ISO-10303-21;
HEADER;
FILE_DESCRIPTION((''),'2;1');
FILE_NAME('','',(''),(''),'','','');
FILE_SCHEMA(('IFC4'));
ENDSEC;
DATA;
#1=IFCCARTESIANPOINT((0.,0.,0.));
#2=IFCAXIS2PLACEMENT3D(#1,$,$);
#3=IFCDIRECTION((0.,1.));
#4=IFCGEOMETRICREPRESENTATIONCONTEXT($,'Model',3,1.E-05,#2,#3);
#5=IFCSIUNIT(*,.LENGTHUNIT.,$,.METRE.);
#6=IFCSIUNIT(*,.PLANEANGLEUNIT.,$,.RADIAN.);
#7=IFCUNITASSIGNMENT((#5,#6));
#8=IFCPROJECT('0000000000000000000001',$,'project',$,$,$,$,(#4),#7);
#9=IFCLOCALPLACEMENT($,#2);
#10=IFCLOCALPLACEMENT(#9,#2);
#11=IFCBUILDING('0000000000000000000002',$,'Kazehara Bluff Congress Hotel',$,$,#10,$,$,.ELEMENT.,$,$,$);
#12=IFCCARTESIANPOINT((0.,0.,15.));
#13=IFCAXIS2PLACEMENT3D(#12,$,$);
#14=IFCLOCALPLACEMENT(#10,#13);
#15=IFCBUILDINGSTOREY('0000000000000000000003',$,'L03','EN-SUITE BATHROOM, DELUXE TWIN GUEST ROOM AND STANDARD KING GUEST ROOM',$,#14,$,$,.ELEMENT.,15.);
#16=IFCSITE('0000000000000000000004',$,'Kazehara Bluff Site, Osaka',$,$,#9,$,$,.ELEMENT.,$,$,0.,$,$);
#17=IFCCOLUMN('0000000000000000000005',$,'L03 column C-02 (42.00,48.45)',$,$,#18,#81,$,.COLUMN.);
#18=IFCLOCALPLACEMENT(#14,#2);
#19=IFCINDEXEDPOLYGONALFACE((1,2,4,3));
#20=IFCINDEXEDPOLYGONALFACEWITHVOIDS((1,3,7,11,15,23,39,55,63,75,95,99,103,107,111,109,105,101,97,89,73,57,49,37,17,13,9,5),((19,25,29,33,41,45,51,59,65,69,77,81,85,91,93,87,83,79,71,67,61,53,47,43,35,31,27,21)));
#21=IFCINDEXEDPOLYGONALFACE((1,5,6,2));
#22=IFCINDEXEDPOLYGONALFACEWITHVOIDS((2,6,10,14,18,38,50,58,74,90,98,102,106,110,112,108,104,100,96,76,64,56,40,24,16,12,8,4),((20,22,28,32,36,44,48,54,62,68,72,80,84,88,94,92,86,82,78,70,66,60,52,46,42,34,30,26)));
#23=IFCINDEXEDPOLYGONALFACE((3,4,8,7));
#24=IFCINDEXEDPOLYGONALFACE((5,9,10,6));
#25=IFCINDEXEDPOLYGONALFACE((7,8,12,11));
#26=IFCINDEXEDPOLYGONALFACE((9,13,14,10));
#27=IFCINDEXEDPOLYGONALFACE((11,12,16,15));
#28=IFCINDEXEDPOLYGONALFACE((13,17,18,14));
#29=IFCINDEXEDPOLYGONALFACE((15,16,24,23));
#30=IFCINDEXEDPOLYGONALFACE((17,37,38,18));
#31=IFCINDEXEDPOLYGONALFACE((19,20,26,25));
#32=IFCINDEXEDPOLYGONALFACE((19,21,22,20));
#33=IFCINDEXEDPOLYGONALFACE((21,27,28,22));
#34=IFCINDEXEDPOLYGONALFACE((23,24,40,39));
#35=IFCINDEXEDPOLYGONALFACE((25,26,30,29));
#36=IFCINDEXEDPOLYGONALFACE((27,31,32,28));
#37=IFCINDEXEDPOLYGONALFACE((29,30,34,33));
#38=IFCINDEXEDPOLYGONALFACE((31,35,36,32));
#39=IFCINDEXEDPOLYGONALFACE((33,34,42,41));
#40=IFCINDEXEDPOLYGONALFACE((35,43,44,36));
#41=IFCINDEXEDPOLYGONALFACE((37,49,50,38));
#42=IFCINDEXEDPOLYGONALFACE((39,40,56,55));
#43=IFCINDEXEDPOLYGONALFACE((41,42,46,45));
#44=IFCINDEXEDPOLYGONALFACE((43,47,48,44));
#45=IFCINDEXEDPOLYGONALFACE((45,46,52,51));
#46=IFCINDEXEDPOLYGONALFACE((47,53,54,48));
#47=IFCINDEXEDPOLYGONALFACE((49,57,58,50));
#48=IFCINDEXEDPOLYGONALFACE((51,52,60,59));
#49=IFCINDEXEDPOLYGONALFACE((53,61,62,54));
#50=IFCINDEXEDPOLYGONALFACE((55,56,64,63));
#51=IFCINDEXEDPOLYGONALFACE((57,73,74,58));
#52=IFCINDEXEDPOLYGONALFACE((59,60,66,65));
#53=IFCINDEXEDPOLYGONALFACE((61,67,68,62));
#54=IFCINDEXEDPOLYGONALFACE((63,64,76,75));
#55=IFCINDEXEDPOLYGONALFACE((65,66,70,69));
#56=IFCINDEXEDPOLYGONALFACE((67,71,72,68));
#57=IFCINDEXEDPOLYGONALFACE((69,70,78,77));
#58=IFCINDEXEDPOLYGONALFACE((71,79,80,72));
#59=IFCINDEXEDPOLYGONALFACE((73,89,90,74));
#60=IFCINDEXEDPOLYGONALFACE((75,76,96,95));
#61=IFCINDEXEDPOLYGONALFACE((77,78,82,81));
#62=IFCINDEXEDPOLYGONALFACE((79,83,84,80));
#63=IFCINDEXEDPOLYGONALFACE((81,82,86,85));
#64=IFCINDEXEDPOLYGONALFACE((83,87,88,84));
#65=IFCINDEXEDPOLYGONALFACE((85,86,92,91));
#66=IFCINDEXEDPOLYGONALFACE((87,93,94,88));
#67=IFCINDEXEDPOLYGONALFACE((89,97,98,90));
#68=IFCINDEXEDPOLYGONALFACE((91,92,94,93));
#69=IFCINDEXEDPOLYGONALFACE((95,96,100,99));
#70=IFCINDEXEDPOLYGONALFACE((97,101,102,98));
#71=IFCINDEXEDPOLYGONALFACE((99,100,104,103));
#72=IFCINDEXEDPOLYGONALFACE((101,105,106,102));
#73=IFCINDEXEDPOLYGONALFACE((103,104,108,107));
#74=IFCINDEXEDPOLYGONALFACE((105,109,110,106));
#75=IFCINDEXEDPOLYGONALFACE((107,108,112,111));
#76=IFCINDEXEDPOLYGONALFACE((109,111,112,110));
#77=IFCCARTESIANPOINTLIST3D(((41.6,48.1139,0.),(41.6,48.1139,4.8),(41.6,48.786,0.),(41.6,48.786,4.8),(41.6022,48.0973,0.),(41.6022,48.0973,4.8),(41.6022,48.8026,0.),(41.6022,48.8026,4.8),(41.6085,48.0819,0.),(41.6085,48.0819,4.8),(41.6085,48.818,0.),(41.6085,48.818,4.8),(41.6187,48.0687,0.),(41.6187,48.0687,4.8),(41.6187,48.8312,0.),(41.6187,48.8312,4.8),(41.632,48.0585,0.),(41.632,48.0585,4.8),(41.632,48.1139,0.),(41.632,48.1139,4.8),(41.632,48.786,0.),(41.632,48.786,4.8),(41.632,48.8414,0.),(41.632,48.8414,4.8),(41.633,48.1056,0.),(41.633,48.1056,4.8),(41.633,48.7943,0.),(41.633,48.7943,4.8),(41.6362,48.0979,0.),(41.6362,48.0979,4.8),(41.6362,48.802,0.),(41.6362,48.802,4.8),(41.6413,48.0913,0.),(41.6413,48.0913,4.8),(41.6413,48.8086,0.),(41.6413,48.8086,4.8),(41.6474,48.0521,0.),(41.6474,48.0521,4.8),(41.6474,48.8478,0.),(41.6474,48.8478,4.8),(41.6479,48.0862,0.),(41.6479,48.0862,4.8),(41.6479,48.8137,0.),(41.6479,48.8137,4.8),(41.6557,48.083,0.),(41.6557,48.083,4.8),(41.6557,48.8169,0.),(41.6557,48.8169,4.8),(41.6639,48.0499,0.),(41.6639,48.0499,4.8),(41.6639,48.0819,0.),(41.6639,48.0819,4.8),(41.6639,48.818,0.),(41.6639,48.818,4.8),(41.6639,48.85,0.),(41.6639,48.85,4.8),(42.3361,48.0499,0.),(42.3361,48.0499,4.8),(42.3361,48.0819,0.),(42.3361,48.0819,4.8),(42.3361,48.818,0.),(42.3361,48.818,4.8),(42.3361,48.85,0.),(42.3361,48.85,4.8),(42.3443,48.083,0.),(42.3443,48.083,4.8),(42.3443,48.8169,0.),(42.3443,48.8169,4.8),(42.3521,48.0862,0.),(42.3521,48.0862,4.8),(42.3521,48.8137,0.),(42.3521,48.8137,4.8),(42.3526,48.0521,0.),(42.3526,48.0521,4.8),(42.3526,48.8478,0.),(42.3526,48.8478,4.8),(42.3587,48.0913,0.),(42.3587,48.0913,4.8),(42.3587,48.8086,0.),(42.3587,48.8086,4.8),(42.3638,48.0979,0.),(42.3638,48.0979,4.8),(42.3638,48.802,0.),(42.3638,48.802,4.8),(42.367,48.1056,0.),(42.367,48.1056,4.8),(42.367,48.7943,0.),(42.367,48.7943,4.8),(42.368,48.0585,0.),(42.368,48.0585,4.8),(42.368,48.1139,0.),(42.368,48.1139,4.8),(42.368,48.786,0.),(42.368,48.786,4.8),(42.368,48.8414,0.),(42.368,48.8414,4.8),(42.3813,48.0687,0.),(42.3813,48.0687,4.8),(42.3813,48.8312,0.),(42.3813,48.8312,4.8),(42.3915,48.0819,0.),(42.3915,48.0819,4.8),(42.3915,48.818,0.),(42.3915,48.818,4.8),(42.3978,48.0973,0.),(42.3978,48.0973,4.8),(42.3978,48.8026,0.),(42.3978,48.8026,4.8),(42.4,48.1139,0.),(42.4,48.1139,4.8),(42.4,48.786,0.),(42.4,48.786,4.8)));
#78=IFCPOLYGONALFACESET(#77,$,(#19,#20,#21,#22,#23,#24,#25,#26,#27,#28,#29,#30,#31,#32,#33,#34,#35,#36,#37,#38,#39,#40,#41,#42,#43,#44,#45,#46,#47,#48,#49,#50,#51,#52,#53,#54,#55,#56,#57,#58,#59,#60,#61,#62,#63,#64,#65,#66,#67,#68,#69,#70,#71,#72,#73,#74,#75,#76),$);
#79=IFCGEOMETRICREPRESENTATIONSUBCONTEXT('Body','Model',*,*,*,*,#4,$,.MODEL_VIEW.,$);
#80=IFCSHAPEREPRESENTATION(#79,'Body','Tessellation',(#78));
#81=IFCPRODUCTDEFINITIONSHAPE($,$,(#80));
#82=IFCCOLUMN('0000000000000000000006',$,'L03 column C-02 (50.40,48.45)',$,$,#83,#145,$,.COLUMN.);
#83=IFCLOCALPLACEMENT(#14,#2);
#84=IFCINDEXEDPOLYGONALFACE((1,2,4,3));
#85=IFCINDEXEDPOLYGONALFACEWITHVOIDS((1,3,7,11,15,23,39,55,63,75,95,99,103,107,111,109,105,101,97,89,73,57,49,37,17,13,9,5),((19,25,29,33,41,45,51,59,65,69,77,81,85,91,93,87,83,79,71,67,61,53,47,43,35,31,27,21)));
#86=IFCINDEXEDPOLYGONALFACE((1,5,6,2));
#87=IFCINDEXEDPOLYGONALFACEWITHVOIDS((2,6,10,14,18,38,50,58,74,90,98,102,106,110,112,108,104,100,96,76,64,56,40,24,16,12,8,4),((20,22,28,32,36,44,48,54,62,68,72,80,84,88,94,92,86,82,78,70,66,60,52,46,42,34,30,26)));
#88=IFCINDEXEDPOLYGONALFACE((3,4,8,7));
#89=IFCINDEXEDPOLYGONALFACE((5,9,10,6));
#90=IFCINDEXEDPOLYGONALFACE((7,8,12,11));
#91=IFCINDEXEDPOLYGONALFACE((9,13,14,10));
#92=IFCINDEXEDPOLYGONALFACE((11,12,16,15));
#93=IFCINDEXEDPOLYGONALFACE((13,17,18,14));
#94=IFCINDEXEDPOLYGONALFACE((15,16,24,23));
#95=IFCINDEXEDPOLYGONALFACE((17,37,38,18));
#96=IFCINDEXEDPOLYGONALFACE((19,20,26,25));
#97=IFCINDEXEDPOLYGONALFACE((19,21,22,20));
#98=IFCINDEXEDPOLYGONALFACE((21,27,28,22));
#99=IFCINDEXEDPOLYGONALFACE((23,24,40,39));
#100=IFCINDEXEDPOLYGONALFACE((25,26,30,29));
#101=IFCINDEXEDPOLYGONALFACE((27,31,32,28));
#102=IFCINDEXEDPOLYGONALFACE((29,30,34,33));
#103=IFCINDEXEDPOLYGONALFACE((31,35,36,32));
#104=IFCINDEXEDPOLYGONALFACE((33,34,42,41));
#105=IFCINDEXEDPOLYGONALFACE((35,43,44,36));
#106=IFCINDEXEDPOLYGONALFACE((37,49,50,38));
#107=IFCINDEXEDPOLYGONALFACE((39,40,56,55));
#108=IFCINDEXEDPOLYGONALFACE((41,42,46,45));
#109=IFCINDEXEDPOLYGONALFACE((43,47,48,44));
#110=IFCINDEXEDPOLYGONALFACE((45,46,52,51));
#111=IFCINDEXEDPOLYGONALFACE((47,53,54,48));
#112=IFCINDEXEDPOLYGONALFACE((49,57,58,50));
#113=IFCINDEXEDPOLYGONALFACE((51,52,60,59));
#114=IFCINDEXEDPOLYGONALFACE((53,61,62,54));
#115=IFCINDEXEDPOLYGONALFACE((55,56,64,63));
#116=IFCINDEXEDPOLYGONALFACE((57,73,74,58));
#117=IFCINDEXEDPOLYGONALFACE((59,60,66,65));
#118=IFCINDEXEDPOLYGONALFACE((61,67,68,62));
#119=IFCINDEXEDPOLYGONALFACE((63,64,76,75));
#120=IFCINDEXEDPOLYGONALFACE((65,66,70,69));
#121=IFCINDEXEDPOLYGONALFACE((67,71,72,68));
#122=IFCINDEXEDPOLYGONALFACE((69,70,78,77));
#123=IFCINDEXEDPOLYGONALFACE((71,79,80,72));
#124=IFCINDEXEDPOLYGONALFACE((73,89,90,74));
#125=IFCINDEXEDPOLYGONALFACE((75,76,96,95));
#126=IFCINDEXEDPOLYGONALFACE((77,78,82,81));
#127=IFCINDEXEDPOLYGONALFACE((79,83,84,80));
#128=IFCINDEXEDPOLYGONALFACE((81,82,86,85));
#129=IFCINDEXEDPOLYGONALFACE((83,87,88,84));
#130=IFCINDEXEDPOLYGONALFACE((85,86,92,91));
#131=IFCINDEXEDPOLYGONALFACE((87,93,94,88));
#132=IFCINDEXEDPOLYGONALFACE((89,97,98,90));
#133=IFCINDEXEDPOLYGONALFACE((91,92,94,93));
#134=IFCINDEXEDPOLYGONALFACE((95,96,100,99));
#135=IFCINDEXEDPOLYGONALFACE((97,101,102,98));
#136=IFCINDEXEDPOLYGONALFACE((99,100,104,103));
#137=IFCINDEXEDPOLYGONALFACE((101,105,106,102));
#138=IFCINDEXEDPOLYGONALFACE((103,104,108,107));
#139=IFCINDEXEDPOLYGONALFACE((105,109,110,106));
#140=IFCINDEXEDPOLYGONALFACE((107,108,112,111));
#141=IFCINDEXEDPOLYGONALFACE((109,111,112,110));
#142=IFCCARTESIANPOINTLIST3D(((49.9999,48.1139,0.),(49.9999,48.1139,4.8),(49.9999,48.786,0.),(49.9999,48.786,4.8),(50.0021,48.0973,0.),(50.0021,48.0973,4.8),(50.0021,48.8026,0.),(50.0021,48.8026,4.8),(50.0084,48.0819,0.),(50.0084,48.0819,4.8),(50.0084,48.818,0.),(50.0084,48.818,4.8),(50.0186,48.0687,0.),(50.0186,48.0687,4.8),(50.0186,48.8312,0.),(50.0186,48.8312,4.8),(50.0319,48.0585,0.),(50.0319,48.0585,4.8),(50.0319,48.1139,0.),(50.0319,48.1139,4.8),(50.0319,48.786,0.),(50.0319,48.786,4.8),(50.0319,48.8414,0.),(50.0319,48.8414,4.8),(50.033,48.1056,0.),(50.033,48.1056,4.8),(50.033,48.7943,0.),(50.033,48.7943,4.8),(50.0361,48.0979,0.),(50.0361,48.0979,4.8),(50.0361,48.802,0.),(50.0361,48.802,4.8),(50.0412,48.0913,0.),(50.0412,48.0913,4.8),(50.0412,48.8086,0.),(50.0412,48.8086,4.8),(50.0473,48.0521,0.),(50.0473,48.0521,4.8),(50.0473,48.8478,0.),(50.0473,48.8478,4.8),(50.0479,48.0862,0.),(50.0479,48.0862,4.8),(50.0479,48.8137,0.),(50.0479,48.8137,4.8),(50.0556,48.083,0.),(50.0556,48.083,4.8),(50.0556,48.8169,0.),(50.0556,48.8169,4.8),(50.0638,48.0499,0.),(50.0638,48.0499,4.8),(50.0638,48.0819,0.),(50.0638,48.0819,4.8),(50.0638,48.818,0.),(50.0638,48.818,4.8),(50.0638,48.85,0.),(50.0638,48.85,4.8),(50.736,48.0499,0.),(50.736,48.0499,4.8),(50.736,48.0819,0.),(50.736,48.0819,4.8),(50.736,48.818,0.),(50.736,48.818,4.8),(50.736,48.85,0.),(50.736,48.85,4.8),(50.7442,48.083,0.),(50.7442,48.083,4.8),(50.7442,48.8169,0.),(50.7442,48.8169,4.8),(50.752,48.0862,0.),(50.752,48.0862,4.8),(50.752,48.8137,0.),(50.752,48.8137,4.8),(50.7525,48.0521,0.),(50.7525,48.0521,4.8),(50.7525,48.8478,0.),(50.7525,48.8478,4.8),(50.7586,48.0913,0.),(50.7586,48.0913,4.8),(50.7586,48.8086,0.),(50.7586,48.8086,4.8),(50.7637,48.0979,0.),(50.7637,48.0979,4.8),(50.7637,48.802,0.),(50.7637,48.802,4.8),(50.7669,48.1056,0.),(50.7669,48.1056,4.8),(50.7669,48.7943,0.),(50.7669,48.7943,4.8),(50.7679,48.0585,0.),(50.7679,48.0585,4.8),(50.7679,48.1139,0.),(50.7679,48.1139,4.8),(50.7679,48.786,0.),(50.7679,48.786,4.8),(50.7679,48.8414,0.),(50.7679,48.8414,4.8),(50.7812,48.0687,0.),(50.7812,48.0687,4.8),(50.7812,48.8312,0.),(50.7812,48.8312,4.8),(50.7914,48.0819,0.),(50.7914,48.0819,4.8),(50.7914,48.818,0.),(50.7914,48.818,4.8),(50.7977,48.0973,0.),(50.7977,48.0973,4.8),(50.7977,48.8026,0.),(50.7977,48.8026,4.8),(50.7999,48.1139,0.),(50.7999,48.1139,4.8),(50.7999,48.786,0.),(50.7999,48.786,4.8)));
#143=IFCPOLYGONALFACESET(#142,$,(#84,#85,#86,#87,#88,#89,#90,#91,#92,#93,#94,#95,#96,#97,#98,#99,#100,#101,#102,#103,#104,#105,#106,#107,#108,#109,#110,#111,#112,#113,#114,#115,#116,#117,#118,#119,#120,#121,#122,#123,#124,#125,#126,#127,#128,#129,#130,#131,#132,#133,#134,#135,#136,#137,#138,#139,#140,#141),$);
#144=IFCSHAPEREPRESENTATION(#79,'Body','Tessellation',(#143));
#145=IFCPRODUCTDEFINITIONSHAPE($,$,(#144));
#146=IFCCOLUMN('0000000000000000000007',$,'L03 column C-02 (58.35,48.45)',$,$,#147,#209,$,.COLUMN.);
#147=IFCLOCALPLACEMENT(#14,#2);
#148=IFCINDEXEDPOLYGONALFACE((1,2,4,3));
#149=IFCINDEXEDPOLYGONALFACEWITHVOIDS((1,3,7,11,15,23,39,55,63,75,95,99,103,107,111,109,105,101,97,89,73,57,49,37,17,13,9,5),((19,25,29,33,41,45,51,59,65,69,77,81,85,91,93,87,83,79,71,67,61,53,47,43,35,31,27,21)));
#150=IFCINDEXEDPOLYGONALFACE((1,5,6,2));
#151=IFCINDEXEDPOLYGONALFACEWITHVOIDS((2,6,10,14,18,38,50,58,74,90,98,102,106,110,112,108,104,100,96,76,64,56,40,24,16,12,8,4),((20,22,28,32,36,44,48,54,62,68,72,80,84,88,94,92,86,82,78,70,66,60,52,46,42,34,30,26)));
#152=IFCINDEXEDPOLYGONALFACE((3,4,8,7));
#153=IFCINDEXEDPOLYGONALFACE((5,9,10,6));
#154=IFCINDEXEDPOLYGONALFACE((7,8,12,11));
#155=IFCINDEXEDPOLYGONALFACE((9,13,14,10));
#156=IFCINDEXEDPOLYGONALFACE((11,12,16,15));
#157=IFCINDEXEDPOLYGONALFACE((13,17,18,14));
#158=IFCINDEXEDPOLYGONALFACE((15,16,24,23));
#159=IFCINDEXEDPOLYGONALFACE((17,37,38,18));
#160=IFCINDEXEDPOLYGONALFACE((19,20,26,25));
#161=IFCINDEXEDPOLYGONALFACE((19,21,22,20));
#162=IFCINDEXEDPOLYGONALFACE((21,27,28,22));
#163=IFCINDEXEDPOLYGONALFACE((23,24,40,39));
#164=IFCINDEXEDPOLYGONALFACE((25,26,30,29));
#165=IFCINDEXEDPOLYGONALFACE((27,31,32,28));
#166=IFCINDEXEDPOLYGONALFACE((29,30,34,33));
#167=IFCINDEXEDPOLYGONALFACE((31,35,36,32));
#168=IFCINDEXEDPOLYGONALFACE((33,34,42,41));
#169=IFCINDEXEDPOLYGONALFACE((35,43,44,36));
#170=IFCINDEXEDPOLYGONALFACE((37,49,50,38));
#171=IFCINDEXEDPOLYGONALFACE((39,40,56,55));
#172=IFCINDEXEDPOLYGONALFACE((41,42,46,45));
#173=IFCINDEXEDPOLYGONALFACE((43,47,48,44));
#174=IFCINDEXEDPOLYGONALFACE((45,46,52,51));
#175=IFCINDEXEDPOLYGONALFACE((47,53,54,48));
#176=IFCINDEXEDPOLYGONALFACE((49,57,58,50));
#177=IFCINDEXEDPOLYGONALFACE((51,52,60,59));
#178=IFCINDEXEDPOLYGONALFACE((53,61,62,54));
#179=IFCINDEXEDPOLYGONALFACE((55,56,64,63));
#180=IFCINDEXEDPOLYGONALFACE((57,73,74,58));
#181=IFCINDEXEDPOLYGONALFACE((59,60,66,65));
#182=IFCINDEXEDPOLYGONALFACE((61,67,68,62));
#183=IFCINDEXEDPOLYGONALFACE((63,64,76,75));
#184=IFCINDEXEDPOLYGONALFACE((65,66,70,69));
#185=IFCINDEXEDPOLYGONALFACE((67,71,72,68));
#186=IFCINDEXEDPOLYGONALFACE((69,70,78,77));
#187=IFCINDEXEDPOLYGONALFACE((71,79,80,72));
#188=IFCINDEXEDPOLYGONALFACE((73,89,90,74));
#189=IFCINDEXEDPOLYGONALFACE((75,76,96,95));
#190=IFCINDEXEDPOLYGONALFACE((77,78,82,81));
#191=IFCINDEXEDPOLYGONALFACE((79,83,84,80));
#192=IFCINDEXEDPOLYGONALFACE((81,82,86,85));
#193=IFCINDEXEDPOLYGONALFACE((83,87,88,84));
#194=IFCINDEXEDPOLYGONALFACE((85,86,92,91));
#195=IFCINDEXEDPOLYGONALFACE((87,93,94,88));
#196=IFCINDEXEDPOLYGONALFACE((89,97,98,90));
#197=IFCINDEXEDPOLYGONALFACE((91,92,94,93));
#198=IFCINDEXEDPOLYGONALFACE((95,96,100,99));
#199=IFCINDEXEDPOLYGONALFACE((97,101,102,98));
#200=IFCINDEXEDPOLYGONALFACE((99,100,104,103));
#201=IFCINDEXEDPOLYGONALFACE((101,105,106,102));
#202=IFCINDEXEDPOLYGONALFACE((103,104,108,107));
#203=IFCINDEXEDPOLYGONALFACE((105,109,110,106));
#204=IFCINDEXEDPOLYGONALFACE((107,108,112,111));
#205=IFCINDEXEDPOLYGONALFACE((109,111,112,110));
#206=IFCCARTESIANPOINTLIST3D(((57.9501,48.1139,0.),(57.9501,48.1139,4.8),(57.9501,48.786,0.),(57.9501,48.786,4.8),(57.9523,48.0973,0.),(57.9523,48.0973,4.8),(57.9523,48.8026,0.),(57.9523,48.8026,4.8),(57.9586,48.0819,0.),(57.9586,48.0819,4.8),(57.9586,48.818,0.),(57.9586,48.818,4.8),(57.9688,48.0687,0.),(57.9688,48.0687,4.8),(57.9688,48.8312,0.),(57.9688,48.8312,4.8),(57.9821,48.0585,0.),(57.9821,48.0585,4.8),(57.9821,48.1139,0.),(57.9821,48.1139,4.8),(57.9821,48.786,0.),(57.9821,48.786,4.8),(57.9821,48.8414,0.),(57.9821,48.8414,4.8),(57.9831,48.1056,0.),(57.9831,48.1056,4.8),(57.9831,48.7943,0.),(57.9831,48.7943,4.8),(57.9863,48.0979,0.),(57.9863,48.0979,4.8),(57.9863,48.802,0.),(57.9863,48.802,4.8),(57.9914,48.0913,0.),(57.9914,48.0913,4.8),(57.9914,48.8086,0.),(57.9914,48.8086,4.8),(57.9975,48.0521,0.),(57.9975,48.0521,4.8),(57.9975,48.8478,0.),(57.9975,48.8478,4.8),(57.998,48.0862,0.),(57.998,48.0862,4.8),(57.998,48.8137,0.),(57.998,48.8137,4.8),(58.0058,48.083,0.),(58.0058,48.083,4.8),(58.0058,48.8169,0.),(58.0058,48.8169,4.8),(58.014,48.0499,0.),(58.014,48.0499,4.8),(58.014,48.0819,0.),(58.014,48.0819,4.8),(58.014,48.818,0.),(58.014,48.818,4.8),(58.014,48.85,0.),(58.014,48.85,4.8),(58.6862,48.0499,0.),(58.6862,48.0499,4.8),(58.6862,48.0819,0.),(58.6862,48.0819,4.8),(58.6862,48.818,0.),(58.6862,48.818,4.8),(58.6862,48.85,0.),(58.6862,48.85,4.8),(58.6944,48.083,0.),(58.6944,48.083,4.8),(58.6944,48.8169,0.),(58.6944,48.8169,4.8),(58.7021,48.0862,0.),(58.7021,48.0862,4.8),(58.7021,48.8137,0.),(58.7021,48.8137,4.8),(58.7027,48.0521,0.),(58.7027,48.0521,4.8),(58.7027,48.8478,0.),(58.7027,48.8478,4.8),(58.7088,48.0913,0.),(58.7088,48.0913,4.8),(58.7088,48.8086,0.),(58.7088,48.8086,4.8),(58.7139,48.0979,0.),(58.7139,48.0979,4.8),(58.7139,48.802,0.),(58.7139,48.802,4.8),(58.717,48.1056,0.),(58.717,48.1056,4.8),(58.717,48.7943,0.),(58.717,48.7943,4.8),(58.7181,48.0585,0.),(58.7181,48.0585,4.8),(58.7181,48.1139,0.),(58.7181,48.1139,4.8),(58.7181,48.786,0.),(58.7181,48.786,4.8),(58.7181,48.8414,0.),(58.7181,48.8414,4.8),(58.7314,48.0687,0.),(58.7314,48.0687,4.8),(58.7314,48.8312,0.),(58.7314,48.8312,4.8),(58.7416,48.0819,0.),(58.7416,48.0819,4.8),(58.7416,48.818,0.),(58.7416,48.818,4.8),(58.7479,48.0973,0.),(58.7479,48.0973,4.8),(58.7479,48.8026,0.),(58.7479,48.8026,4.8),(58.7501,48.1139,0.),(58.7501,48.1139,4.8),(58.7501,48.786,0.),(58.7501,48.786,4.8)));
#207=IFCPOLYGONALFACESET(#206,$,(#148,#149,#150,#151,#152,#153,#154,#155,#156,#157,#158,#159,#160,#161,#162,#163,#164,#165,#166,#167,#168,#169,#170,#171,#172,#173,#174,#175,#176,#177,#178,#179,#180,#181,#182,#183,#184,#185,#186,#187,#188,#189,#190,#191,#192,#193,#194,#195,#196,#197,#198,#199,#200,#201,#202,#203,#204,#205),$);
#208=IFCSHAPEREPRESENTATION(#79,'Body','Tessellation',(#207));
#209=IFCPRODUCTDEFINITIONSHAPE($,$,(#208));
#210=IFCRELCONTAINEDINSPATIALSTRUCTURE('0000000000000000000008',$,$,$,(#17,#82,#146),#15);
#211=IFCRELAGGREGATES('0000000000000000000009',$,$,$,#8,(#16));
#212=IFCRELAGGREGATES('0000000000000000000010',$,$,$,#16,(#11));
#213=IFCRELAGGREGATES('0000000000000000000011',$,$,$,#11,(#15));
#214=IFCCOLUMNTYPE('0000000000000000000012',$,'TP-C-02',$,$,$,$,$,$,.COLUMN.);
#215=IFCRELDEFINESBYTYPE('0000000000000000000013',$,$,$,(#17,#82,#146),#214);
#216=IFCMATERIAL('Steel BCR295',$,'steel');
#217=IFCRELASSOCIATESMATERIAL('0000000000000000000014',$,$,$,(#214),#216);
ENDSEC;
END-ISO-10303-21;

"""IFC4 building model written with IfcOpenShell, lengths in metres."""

from ifc_helpers import new_model, si_unit, direction, frame, origin, origin_2d, place, context, subcontext, project, spatial, hollow_rectangle, extrude, material, material_profile, profile_set, type_object, element, save


model = new_model("IFC4")

# Units and contexts
model_context = context("Model", 3, precision=1e-05, world=origin(), true_north=direction((0.0, 1.0)))
body_context = subcontext(model_context, "Body", "Model", "MODEL_VIEW")
ifc_project = project(units=[si_unit("LENGTHUNIT", "METRE"), si_unit("PLANEANGLEUNIT", "RADIAN")], contexts=[model_context])

# Site, building, storey
site_placement = place(None, origin())
site = spatial("IfcSite", under=ifc_project, at=site_placement, Name="Kazehara Bluff Site, Osaka", CompositionType="ELEMENT", RefElevation=0.0)
building_placement = place(site_placement, origin())
building = spatial("IfcBuilding", under=site, at=building_placement, Name="Kazehara Bluff Congress Hotel", CompositionType="ELEMENT")
storey_placement = place(building_placement, frame((0.0, 0.0, 15.0)))
storey = spatial("IfcBuildingStorey", under=building, at=storey_placement, Name="L03", Description="EN-SUITE BATHROOM, DELUXE TWIN GUEST ROOM AND STANDARD KING GUEST ROOM", CompositionType="ELEMENT", Elevation=15.0)

# Columns
ifc_material_1 = material(Name="Steel BCR295", Category="steel")
ifc_material_profile_1 = material_profile(ifc_material_1, hollow_rectangle(XDim=0.8, YDim=0.8, WallThickness=0.032, InnerFilletRadius=0.032, OuterFilletRadius=0.064, at=origin_2d()))
ifc_profile_set_1 = profile_set([ifc_material_profile_1], Name="Steel BCR295")
column_type = type_object("IfcColumnType", Name="TP-C-02", PredefinedType="COLUMN", material=ifc_profile_set_1)
for number, where, z_axis, x_axis, name in (
    (1, (42.0, 48.45, 0.0), (0.0, 0.0, 1.0), (1.0, 0.0, 0.0), "L03 column C-02 (42.00,48.45)"),
    (2, (50.3999, 48.45, 0.0), (0.0, 0.0, 1.0), (1.0, 0.0, 0.0), "L03 column C-02 (50.40,48.45)"),
    (3, (58.3501, 48.45, 0.0), (0.0, 0.0, 1.0), (1.0, 0.0, 0.0), "L03 column C-02 (58.35,48.45)"),
):
    element("IfcColumn", number, at=place(storey_placement, frame(where, z_axis=z_axis, x_axis=x_axis)), inside=storey, type_object=column_type, Name=name, PredefinedType="COLUMN", context=body_context, shape_type="SweptSolid", body=[
        extrude(hollow_rectangle(XDim=0.8, YDim=0.8, WallThickness=0.032, InnerFilletRadius=0.032, OuterFilletRadius=0.064, at=origin_2d()), origin(), (0.0, 0.0, 1.0), 4.8),
    ])

save(model, "model.ifc")
